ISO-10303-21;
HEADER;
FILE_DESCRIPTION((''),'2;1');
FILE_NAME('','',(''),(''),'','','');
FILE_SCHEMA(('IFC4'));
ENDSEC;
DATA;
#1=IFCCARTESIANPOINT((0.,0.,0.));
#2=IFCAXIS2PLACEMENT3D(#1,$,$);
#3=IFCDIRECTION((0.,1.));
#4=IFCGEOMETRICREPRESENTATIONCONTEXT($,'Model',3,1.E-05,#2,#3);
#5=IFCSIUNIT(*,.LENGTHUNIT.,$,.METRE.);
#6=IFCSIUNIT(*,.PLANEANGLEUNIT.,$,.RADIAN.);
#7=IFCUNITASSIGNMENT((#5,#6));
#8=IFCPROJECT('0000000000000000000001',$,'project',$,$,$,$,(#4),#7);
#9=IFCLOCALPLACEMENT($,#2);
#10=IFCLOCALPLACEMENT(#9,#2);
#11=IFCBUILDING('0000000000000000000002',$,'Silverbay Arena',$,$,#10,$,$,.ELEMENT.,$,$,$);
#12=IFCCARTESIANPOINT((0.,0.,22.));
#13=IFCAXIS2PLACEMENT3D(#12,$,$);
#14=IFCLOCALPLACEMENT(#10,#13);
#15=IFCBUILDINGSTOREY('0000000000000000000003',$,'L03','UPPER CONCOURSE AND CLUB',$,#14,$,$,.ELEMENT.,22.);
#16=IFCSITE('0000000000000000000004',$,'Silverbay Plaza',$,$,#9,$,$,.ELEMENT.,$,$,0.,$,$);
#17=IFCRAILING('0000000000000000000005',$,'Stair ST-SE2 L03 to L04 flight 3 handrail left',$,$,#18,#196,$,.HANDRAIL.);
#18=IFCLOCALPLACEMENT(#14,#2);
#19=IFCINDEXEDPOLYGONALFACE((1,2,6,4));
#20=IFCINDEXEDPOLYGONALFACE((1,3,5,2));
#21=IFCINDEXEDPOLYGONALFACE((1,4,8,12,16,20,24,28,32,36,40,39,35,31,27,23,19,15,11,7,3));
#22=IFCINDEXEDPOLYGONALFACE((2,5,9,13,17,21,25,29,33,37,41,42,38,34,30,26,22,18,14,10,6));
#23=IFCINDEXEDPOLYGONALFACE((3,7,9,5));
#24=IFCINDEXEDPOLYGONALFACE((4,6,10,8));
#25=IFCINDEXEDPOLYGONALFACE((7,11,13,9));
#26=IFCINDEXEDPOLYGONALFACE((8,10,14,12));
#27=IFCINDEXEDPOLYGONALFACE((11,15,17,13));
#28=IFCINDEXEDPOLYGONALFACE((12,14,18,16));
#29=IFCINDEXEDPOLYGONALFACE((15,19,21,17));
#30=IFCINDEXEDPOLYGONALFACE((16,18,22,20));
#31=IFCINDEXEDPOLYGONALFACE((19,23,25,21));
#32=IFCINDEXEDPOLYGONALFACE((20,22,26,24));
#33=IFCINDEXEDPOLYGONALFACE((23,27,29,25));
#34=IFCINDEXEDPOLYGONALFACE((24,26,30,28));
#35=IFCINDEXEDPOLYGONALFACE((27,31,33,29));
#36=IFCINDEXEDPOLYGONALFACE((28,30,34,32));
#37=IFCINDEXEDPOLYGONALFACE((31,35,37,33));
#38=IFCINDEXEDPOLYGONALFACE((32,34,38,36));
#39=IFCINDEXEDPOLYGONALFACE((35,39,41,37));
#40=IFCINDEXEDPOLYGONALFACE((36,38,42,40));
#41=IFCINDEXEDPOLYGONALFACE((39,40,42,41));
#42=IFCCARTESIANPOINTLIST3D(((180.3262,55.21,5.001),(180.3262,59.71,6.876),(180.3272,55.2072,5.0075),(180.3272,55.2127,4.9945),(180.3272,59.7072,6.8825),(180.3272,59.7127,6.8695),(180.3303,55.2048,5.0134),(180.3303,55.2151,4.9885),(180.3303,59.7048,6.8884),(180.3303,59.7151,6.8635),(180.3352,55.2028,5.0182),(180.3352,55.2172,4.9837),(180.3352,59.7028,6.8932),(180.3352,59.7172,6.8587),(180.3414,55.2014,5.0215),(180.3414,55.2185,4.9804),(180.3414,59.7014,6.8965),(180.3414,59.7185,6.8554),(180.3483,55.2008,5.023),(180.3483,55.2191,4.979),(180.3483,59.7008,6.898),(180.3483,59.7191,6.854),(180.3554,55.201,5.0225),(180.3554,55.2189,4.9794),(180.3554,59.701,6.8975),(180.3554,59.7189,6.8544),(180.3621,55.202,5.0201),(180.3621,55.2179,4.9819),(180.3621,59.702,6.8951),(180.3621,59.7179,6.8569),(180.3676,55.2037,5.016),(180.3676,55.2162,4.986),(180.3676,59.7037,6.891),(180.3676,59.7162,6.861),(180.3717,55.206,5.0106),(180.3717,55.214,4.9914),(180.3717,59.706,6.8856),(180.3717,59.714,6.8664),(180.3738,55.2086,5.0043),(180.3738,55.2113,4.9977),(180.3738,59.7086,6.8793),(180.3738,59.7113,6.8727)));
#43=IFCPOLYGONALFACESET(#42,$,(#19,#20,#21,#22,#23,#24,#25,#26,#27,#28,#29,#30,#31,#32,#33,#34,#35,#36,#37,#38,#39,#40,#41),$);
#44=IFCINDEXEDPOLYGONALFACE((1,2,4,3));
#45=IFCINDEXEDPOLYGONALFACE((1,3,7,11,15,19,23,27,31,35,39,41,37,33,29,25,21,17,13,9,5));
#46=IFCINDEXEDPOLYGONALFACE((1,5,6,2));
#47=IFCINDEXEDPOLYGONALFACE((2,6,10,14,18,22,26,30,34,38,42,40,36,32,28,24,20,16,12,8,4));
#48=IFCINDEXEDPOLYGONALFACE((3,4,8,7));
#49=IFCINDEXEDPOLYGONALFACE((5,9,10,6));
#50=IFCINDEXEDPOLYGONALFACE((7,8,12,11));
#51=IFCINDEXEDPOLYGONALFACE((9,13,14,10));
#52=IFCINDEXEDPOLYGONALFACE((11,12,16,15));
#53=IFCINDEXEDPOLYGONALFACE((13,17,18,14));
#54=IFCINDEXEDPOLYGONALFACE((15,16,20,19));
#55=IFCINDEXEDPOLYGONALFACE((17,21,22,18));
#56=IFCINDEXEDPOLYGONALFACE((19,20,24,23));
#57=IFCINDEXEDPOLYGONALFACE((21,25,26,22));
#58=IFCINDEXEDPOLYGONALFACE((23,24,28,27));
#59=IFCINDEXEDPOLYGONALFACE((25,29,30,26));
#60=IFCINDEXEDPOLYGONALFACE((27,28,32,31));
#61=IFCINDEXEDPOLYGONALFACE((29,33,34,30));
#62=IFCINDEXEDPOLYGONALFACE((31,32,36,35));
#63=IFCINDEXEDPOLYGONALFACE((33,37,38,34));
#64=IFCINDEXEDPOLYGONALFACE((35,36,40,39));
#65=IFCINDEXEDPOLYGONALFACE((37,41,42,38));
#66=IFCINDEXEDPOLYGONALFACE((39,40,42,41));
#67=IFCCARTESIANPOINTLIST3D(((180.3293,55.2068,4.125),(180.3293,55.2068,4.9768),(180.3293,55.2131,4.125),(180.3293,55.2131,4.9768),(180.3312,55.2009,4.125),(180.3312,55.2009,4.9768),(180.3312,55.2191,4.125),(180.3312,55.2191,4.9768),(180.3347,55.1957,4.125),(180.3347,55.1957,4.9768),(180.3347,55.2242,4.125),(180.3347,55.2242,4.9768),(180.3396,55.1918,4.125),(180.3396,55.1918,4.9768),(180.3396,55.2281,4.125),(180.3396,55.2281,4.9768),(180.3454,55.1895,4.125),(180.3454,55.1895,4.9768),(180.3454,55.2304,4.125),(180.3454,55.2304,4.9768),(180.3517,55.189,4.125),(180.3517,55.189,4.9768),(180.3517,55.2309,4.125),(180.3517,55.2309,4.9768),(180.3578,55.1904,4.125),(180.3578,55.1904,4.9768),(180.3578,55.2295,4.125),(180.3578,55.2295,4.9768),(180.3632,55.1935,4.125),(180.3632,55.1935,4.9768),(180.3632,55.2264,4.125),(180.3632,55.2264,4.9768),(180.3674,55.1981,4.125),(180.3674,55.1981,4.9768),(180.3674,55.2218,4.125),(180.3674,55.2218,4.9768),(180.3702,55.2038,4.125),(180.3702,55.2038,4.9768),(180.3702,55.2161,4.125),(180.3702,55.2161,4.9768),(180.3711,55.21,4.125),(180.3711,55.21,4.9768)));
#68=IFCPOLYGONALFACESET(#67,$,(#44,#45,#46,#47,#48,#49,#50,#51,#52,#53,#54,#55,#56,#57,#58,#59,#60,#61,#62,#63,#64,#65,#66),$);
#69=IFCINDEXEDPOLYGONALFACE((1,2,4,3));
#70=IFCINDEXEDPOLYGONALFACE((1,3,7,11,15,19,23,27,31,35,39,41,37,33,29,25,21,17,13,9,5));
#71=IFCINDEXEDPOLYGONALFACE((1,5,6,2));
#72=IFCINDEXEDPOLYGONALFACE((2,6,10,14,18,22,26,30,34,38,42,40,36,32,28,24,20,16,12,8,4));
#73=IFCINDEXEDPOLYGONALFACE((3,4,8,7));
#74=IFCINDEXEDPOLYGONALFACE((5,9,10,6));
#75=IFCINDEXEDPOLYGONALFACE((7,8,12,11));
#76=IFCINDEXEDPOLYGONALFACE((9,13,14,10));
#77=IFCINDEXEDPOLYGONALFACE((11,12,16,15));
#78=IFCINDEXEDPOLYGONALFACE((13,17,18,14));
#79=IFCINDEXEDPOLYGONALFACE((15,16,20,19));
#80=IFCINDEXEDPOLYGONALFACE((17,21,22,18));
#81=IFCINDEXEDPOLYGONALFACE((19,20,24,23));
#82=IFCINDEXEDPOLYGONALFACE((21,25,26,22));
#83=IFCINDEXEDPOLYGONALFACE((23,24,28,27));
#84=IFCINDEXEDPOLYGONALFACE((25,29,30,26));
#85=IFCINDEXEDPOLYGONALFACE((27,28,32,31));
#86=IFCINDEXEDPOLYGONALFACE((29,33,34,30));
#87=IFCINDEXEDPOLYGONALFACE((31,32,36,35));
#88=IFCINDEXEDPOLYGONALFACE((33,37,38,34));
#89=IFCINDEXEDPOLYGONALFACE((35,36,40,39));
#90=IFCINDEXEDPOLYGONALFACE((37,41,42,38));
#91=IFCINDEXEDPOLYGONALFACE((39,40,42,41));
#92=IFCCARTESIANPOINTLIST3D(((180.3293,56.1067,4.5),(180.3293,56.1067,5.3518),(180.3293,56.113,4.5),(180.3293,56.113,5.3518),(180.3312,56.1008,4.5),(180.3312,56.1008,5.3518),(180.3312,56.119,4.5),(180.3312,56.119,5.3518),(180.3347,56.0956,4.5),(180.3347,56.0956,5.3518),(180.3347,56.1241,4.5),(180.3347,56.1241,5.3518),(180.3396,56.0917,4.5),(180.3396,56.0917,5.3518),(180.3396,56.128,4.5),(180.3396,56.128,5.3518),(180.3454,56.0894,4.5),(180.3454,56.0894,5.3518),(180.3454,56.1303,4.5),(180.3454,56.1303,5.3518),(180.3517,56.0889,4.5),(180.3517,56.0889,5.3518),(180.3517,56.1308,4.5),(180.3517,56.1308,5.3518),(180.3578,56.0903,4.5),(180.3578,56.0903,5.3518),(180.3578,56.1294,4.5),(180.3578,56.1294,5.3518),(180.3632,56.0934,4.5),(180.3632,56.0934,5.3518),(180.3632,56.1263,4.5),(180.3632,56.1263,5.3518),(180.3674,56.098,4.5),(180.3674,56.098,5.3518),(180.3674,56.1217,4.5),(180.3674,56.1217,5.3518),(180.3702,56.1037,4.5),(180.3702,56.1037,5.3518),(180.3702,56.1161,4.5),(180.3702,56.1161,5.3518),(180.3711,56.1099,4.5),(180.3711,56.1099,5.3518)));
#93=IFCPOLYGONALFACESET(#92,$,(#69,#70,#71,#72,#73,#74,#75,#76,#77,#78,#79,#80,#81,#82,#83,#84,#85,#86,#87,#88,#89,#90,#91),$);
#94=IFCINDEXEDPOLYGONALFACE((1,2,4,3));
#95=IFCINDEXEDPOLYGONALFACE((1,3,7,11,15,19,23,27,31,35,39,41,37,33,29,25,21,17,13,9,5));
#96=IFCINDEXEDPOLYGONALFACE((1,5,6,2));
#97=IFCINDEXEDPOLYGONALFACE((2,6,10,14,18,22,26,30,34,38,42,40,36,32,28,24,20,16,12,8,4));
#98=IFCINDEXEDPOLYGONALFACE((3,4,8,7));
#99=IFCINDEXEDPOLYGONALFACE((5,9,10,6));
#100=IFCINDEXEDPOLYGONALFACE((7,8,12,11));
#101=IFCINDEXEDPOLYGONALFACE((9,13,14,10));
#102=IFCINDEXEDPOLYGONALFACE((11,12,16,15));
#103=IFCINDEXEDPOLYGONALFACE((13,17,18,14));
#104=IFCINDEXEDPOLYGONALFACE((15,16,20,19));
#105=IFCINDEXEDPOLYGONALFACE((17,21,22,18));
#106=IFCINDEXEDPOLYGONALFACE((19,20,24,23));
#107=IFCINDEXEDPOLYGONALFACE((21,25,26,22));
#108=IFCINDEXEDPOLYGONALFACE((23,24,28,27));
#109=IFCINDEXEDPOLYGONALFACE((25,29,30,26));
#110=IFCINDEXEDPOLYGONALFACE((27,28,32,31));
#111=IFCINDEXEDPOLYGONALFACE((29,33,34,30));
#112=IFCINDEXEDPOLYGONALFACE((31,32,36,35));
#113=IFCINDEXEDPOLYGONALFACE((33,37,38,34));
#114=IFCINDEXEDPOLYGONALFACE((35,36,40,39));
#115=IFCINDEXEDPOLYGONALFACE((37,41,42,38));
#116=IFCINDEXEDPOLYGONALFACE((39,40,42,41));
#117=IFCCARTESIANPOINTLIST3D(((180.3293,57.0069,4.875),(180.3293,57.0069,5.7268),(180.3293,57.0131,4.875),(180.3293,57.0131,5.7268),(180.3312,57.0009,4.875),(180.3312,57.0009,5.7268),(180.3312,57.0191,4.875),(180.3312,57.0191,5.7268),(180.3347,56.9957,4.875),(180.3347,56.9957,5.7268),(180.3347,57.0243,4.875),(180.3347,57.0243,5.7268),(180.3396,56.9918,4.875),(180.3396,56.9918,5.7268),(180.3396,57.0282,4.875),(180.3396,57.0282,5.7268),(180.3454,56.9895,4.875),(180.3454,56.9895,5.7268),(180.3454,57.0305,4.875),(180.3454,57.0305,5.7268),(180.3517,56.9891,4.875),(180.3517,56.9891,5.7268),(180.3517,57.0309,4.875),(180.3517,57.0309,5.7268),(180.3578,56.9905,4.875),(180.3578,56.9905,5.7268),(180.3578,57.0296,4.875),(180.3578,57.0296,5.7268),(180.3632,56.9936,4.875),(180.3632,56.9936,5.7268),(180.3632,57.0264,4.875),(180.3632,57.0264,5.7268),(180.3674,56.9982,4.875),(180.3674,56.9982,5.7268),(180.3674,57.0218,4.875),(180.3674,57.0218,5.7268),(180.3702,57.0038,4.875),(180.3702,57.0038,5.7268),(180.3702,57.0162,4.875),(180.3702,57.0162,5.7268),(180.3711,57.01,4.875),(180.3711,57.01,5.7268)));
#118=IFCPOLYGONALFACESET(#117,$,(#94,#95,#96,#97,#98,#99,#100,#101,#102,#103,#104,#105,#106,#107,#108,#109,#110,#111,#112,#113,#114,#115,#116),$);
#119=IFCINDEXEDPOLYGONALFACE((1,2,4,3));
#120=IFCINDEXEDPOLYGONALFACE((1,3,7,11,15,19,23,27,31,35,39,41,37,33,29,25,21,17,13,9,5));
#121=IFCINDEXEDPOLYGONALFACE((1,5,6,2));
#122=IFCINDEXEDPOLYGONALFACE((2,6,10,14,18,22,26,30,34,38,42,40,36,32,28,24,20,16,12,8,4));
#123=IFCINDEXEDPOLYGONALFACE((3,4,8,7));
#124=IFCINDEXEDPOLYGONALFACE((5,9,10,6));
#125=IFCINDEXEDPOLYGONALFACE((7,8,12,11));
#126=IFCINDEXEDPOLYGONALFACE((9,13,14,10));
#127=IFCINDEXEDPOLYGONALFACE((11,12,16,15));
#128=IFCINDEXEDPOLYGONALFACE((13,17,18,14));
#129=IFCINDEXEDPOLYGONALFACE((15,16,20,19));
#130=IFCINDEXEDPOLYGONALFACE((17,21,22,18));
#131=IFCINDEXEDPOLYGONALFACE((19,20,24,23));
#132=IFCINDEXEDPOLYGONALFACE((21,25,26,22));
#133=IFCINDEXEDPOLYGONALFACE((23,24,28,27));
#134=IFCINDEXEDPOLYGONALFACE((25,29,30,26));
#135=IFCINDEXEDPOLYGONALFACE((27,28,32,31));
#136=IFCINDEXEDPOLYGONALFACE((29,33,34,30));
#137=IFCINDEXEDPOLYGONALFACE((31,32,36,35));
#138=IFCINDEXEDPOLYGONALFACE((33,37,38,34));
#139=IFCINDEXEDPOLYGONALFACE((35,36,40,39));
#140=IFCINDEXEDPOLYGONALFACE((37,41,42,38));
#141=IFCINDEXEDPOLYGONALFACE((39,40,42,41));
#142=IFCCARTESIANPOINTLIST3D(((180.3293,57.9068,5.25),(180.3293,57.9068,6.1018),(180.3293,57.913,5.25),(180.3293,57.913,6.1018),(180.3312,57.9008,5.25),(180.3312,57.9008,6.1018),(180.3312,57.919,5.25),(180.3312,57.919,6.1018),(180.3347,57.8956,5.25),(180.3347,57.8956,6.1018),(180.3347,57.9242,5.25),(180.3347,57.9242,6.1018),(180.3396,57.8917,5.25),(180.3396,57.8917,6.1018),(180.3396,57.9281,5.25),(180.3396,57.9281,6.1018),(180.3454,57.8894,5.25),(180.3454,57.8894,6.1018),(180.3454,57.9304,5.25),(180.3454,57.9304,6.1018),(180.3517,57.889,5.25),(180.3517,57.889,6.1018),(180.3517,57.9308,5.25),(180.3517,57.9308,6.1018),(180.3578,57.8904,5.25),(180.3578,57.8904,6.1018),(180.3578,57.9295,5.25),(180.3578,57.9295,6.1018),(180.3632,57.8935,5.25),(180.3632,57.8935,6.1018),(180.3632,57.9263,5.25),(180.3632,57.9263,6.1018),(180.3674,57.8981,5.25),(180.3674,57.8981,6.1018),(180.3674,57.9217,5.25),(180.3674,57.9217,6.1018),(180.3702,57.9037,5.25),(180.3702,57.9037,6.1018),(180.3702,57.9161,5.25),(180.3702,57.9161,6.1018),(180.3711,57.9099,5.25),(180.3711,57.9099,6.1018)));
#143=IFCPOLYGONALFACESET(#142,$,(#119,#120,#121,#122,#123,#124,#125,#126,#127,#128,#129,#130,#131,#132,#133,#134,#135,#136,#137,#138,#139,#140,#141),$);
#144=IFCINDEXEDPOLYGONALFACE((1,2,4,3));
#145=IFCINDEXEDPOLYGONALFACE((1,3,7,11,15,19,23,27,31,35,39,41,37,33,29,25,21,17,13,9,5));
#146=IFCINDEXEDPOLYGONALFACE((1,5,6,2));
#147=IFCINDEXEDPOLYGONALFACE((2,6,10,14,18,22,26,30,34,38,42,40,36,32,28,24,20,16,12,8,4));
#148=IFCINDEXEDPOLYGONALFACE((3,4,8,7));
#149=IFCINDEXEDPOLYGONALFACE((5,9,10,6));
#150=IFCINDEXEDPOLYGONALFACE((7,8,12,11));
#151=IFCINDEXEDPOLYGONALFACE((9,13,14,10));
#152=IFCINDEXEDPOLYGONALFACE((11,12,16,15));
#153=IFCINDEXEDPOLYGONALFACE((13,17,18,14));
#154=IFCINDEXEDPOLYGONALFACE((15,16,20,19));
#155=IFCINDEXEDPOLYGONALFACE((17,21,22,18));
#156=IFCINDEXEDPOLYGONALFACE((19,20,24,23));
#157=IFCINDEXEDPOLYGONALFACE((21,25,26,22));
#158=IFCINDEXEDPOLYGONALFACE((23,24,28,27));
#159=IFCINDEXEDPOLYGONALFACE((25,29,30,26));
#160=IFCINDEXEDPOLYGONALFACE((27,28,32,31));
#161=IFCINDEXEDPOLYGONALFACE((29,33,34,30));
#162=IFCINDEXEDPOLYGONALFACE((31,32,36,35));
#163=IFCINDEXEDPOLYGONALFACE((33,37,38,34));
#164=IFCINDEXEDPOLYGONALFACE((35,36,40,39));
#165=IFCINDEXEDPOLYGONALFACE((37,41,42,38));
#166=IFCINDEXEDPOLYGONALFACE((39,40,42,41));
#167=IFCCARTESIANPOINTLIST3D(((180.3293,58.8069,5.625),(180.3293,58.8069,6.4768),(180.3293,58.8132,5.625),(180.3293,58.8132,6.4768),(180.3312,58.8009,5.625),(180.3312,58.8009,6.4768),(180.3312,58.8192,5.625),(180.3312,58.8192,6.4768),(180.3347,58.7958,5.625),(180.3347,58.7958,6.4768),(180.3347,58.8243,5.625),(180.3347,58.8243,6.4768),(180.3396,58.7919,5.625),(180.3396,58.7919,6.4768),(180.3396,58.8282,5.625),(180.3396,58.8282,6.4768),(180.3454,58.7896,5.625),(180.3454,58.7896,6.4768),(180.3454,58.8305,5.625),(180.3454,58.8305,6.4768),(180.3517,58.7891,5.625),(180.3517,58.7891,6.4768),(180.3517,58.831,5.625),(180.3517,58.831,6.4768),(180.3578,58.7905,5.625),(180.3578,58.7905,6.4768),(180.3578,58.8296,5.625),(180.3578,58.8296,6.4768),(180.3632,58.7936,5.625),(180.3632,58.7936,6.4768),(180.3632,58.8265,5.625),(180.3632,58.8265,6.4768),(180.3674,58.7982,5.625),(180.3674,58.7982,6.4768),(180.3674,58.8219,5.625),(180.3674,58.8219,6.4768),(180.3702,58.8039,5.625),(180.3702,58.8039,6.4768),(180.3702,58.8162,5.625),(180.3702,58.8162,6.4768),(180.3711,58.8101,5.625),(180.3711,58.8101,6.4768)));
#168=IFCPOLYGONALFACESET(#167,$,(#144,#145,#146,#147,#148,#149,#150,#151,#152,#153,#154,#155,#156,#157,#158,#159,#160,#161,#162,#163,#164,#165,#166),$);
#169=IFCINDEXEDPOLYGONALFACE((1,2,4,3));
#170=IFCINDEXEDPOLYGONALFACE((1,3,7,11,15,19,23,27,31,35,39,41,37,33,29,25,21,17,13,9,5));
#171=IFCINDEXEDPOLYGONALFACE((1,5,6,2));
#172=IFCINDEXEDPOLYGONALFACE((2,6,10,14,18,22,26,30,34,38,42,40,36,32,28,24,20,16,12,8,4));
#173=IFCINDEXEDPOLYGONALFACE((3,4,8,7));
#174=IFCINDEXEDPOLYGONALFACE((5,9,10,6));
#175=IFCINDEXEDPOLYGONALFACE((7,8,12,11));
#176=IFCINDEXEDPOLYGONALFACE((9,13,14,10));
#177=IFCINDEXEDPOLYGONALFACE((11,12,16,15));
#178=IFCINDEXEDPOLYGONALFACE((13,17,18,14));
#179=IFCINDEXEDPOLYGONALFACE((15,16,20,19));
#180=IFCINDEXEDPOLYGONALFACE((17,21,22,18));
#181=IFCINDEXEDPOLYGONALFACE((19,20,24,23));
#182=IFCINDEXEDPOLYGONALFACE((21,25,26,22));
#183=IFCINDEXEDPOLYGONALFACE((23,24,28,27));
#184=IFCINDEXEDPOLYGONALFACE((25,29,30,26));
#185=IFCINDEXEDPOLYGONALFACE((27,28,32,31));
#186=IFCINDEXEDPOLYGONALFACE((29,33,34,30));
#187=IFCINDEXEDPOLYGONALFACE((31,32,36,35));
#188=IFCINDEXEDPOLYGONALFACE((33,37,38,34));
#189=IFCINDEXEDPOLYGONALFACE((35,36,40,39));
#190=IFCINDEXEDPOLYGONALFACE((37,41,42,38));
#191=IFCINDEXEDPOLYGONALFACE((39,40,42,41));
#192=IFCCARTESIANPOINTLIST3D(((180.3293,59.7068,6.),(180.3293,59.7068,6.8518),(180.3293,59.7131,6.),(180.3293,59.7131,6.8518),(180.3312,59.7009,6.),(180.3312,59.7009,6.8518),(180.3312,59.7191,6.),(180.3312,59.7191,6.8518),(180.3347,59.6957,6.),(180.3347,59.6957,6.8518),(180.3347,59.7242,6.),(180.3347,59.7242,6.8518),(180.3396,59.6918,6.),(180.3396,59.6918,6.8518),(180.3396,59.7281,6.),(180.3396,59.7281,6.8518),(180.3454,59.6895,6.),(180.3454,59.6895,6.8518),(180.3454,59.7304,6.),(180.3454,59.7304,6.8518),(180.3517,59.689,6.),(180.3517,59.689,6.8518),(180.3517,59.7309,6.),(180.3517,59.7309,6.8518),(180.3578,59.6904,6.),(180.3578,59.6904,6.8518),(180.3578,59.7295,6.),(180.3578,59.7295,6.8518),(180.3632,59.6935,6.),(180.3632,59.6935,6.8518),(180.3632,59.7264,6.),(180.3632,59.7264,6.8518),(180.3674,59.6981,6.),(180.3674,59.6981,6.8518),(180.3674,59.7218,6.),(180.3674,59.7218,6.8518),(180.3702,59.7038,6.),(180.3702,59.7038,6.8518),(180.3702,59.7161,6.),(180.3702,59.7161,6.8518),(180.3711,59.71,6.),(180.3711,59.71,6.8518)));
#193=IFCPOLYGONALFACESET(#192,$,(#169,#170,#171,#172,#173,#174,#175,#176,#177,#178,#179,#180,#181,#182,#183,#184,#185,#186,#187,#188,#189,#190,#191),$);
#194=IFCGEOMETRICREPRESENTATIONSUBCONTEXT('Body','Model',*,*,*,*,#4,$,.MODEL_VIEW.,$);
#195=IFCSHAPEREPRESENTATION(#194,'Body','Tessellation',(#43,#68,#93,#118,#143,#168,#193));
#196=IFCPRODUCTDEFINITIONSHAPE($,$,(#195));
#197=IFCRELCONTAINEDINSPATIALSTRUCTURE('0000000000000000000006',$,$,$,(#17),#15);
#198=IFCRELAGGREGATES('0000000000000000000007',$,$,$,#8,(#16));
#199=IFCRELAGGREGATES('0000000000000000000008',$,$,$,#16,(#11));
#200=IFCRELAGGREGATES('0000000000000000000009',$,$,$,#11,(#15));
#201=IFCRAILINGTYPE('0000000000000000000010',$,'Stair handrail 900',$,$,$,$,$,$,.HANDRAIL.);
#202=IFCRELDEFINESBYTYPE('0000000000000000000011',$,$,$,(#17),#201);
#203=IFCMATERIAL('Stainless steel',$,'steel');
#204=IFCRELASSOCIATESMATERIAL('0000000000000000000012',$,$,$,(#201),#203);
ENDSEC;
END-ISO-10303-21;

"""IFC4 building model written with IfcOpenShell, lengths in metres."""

from ifc_helpers import new_model, si_unit, direction, frame, origin, origin_2d, place, context, subcontext, project, spatial, circle, extrude, material, type_object, element, save


model = new_model("IFC4")

# Units and contexts
model_context = context("Model", 3, precision=1e-05, world=origin(), true_north=direction((0.0, 1.0)))
body_context = subcontext(model_context, "Body", "Model", "MODEL_VIEW")
ifc_project = project(units=[si_unit("LENGTHUNIT", "METRE"), si_unit("PLANEANGLEUNIT", "RADIAN")], contexts=[model_context])

# Site, building, storey
site_placement = place(None, origin())
site = spatial("IfcSite", under=ifc_project, at=site_placement, Name="Silverbay Plaza", CompositionType="ELEMENT", RefElevation=0.0)
building_placement = place(site_placement, origin())
building = spatial("IfcBuilding", under=site, at=building_placement, Name="Silverbay Arena", CompositionType="ELEMENT")
storey_placement = place(building_placement, frame((0.0, 0.0, 22.0)))
storey = spatial("IfcBuildingStorey", under=building, at=storey_placement, Name="L03", Description="UPPER CONCOURSE AND CLUB", CompositionType="ELEMENT", Elevation=22.0)

# Railing
ifc_material_1 = material(Name="Stainless steel", Category="steel")
railing_type_1 = type_object("IfcRailingType", Name="Stair handrail 900", PredefinedType="HANDRAIL", material=ifc_material_1)
for number, where, name in (
    (1, (180.3501, 55.21, 4.125), "Stair ST-SE2 L03 to L04 flight 3 handrail left"),
):
    element("IfcRailing", number, at=place(storey_placement, frame(where)), inside=storey, type_object=railing_type_1, Name=name, PredefinedType="HANDRAIL", context=body_context, shape_type="SweptSolid", body=[
        extrude(circle(Radius=0.0239, at=origin_2d()), frame((0.0, 0.0, 0.876), z_axis=(0.0, 0.923077, 0.384615), x_axis=(-1.0, 0.0, 0.0)), (0.0, 0.0, 1.0), 4.875),
        extrude(circle(Radius=0.021, at=origin_2d()), origin(), (0.0, 0.0, 1.0), 0.8518),
        extrude(circle(Radius=0.021, at=origin_2d()), frame((0.0, 0.8999, 0.375)), (0.0, 0.0, 1.0), 0.8518),
        extrude(circle(Radius=0.021, at=origin_2d()), frame((0.0, 1.8, 0.75)), (0.0, 0.0, 1.0), 0.8518),
        extrude(circle(Radius=0.021, at=origin_2d()), frame((0.0, 2.7, 1.125)), (0.0, 0.0, 1.0), 0.8518),
        extrude(circle(Radius=0.021, at=origin_2d()), frame((0.0, 3.6001, 1.5)), (0.0, 0.0, 1.0), 0.8518),
        extrude(circle(Radius=0.021, at=origin_2d()), frame((0.0, 4.5, 1.875)), (0.0, 0.0, 1.0), 0.8518),
    ])

save(model, "model.ifc")
